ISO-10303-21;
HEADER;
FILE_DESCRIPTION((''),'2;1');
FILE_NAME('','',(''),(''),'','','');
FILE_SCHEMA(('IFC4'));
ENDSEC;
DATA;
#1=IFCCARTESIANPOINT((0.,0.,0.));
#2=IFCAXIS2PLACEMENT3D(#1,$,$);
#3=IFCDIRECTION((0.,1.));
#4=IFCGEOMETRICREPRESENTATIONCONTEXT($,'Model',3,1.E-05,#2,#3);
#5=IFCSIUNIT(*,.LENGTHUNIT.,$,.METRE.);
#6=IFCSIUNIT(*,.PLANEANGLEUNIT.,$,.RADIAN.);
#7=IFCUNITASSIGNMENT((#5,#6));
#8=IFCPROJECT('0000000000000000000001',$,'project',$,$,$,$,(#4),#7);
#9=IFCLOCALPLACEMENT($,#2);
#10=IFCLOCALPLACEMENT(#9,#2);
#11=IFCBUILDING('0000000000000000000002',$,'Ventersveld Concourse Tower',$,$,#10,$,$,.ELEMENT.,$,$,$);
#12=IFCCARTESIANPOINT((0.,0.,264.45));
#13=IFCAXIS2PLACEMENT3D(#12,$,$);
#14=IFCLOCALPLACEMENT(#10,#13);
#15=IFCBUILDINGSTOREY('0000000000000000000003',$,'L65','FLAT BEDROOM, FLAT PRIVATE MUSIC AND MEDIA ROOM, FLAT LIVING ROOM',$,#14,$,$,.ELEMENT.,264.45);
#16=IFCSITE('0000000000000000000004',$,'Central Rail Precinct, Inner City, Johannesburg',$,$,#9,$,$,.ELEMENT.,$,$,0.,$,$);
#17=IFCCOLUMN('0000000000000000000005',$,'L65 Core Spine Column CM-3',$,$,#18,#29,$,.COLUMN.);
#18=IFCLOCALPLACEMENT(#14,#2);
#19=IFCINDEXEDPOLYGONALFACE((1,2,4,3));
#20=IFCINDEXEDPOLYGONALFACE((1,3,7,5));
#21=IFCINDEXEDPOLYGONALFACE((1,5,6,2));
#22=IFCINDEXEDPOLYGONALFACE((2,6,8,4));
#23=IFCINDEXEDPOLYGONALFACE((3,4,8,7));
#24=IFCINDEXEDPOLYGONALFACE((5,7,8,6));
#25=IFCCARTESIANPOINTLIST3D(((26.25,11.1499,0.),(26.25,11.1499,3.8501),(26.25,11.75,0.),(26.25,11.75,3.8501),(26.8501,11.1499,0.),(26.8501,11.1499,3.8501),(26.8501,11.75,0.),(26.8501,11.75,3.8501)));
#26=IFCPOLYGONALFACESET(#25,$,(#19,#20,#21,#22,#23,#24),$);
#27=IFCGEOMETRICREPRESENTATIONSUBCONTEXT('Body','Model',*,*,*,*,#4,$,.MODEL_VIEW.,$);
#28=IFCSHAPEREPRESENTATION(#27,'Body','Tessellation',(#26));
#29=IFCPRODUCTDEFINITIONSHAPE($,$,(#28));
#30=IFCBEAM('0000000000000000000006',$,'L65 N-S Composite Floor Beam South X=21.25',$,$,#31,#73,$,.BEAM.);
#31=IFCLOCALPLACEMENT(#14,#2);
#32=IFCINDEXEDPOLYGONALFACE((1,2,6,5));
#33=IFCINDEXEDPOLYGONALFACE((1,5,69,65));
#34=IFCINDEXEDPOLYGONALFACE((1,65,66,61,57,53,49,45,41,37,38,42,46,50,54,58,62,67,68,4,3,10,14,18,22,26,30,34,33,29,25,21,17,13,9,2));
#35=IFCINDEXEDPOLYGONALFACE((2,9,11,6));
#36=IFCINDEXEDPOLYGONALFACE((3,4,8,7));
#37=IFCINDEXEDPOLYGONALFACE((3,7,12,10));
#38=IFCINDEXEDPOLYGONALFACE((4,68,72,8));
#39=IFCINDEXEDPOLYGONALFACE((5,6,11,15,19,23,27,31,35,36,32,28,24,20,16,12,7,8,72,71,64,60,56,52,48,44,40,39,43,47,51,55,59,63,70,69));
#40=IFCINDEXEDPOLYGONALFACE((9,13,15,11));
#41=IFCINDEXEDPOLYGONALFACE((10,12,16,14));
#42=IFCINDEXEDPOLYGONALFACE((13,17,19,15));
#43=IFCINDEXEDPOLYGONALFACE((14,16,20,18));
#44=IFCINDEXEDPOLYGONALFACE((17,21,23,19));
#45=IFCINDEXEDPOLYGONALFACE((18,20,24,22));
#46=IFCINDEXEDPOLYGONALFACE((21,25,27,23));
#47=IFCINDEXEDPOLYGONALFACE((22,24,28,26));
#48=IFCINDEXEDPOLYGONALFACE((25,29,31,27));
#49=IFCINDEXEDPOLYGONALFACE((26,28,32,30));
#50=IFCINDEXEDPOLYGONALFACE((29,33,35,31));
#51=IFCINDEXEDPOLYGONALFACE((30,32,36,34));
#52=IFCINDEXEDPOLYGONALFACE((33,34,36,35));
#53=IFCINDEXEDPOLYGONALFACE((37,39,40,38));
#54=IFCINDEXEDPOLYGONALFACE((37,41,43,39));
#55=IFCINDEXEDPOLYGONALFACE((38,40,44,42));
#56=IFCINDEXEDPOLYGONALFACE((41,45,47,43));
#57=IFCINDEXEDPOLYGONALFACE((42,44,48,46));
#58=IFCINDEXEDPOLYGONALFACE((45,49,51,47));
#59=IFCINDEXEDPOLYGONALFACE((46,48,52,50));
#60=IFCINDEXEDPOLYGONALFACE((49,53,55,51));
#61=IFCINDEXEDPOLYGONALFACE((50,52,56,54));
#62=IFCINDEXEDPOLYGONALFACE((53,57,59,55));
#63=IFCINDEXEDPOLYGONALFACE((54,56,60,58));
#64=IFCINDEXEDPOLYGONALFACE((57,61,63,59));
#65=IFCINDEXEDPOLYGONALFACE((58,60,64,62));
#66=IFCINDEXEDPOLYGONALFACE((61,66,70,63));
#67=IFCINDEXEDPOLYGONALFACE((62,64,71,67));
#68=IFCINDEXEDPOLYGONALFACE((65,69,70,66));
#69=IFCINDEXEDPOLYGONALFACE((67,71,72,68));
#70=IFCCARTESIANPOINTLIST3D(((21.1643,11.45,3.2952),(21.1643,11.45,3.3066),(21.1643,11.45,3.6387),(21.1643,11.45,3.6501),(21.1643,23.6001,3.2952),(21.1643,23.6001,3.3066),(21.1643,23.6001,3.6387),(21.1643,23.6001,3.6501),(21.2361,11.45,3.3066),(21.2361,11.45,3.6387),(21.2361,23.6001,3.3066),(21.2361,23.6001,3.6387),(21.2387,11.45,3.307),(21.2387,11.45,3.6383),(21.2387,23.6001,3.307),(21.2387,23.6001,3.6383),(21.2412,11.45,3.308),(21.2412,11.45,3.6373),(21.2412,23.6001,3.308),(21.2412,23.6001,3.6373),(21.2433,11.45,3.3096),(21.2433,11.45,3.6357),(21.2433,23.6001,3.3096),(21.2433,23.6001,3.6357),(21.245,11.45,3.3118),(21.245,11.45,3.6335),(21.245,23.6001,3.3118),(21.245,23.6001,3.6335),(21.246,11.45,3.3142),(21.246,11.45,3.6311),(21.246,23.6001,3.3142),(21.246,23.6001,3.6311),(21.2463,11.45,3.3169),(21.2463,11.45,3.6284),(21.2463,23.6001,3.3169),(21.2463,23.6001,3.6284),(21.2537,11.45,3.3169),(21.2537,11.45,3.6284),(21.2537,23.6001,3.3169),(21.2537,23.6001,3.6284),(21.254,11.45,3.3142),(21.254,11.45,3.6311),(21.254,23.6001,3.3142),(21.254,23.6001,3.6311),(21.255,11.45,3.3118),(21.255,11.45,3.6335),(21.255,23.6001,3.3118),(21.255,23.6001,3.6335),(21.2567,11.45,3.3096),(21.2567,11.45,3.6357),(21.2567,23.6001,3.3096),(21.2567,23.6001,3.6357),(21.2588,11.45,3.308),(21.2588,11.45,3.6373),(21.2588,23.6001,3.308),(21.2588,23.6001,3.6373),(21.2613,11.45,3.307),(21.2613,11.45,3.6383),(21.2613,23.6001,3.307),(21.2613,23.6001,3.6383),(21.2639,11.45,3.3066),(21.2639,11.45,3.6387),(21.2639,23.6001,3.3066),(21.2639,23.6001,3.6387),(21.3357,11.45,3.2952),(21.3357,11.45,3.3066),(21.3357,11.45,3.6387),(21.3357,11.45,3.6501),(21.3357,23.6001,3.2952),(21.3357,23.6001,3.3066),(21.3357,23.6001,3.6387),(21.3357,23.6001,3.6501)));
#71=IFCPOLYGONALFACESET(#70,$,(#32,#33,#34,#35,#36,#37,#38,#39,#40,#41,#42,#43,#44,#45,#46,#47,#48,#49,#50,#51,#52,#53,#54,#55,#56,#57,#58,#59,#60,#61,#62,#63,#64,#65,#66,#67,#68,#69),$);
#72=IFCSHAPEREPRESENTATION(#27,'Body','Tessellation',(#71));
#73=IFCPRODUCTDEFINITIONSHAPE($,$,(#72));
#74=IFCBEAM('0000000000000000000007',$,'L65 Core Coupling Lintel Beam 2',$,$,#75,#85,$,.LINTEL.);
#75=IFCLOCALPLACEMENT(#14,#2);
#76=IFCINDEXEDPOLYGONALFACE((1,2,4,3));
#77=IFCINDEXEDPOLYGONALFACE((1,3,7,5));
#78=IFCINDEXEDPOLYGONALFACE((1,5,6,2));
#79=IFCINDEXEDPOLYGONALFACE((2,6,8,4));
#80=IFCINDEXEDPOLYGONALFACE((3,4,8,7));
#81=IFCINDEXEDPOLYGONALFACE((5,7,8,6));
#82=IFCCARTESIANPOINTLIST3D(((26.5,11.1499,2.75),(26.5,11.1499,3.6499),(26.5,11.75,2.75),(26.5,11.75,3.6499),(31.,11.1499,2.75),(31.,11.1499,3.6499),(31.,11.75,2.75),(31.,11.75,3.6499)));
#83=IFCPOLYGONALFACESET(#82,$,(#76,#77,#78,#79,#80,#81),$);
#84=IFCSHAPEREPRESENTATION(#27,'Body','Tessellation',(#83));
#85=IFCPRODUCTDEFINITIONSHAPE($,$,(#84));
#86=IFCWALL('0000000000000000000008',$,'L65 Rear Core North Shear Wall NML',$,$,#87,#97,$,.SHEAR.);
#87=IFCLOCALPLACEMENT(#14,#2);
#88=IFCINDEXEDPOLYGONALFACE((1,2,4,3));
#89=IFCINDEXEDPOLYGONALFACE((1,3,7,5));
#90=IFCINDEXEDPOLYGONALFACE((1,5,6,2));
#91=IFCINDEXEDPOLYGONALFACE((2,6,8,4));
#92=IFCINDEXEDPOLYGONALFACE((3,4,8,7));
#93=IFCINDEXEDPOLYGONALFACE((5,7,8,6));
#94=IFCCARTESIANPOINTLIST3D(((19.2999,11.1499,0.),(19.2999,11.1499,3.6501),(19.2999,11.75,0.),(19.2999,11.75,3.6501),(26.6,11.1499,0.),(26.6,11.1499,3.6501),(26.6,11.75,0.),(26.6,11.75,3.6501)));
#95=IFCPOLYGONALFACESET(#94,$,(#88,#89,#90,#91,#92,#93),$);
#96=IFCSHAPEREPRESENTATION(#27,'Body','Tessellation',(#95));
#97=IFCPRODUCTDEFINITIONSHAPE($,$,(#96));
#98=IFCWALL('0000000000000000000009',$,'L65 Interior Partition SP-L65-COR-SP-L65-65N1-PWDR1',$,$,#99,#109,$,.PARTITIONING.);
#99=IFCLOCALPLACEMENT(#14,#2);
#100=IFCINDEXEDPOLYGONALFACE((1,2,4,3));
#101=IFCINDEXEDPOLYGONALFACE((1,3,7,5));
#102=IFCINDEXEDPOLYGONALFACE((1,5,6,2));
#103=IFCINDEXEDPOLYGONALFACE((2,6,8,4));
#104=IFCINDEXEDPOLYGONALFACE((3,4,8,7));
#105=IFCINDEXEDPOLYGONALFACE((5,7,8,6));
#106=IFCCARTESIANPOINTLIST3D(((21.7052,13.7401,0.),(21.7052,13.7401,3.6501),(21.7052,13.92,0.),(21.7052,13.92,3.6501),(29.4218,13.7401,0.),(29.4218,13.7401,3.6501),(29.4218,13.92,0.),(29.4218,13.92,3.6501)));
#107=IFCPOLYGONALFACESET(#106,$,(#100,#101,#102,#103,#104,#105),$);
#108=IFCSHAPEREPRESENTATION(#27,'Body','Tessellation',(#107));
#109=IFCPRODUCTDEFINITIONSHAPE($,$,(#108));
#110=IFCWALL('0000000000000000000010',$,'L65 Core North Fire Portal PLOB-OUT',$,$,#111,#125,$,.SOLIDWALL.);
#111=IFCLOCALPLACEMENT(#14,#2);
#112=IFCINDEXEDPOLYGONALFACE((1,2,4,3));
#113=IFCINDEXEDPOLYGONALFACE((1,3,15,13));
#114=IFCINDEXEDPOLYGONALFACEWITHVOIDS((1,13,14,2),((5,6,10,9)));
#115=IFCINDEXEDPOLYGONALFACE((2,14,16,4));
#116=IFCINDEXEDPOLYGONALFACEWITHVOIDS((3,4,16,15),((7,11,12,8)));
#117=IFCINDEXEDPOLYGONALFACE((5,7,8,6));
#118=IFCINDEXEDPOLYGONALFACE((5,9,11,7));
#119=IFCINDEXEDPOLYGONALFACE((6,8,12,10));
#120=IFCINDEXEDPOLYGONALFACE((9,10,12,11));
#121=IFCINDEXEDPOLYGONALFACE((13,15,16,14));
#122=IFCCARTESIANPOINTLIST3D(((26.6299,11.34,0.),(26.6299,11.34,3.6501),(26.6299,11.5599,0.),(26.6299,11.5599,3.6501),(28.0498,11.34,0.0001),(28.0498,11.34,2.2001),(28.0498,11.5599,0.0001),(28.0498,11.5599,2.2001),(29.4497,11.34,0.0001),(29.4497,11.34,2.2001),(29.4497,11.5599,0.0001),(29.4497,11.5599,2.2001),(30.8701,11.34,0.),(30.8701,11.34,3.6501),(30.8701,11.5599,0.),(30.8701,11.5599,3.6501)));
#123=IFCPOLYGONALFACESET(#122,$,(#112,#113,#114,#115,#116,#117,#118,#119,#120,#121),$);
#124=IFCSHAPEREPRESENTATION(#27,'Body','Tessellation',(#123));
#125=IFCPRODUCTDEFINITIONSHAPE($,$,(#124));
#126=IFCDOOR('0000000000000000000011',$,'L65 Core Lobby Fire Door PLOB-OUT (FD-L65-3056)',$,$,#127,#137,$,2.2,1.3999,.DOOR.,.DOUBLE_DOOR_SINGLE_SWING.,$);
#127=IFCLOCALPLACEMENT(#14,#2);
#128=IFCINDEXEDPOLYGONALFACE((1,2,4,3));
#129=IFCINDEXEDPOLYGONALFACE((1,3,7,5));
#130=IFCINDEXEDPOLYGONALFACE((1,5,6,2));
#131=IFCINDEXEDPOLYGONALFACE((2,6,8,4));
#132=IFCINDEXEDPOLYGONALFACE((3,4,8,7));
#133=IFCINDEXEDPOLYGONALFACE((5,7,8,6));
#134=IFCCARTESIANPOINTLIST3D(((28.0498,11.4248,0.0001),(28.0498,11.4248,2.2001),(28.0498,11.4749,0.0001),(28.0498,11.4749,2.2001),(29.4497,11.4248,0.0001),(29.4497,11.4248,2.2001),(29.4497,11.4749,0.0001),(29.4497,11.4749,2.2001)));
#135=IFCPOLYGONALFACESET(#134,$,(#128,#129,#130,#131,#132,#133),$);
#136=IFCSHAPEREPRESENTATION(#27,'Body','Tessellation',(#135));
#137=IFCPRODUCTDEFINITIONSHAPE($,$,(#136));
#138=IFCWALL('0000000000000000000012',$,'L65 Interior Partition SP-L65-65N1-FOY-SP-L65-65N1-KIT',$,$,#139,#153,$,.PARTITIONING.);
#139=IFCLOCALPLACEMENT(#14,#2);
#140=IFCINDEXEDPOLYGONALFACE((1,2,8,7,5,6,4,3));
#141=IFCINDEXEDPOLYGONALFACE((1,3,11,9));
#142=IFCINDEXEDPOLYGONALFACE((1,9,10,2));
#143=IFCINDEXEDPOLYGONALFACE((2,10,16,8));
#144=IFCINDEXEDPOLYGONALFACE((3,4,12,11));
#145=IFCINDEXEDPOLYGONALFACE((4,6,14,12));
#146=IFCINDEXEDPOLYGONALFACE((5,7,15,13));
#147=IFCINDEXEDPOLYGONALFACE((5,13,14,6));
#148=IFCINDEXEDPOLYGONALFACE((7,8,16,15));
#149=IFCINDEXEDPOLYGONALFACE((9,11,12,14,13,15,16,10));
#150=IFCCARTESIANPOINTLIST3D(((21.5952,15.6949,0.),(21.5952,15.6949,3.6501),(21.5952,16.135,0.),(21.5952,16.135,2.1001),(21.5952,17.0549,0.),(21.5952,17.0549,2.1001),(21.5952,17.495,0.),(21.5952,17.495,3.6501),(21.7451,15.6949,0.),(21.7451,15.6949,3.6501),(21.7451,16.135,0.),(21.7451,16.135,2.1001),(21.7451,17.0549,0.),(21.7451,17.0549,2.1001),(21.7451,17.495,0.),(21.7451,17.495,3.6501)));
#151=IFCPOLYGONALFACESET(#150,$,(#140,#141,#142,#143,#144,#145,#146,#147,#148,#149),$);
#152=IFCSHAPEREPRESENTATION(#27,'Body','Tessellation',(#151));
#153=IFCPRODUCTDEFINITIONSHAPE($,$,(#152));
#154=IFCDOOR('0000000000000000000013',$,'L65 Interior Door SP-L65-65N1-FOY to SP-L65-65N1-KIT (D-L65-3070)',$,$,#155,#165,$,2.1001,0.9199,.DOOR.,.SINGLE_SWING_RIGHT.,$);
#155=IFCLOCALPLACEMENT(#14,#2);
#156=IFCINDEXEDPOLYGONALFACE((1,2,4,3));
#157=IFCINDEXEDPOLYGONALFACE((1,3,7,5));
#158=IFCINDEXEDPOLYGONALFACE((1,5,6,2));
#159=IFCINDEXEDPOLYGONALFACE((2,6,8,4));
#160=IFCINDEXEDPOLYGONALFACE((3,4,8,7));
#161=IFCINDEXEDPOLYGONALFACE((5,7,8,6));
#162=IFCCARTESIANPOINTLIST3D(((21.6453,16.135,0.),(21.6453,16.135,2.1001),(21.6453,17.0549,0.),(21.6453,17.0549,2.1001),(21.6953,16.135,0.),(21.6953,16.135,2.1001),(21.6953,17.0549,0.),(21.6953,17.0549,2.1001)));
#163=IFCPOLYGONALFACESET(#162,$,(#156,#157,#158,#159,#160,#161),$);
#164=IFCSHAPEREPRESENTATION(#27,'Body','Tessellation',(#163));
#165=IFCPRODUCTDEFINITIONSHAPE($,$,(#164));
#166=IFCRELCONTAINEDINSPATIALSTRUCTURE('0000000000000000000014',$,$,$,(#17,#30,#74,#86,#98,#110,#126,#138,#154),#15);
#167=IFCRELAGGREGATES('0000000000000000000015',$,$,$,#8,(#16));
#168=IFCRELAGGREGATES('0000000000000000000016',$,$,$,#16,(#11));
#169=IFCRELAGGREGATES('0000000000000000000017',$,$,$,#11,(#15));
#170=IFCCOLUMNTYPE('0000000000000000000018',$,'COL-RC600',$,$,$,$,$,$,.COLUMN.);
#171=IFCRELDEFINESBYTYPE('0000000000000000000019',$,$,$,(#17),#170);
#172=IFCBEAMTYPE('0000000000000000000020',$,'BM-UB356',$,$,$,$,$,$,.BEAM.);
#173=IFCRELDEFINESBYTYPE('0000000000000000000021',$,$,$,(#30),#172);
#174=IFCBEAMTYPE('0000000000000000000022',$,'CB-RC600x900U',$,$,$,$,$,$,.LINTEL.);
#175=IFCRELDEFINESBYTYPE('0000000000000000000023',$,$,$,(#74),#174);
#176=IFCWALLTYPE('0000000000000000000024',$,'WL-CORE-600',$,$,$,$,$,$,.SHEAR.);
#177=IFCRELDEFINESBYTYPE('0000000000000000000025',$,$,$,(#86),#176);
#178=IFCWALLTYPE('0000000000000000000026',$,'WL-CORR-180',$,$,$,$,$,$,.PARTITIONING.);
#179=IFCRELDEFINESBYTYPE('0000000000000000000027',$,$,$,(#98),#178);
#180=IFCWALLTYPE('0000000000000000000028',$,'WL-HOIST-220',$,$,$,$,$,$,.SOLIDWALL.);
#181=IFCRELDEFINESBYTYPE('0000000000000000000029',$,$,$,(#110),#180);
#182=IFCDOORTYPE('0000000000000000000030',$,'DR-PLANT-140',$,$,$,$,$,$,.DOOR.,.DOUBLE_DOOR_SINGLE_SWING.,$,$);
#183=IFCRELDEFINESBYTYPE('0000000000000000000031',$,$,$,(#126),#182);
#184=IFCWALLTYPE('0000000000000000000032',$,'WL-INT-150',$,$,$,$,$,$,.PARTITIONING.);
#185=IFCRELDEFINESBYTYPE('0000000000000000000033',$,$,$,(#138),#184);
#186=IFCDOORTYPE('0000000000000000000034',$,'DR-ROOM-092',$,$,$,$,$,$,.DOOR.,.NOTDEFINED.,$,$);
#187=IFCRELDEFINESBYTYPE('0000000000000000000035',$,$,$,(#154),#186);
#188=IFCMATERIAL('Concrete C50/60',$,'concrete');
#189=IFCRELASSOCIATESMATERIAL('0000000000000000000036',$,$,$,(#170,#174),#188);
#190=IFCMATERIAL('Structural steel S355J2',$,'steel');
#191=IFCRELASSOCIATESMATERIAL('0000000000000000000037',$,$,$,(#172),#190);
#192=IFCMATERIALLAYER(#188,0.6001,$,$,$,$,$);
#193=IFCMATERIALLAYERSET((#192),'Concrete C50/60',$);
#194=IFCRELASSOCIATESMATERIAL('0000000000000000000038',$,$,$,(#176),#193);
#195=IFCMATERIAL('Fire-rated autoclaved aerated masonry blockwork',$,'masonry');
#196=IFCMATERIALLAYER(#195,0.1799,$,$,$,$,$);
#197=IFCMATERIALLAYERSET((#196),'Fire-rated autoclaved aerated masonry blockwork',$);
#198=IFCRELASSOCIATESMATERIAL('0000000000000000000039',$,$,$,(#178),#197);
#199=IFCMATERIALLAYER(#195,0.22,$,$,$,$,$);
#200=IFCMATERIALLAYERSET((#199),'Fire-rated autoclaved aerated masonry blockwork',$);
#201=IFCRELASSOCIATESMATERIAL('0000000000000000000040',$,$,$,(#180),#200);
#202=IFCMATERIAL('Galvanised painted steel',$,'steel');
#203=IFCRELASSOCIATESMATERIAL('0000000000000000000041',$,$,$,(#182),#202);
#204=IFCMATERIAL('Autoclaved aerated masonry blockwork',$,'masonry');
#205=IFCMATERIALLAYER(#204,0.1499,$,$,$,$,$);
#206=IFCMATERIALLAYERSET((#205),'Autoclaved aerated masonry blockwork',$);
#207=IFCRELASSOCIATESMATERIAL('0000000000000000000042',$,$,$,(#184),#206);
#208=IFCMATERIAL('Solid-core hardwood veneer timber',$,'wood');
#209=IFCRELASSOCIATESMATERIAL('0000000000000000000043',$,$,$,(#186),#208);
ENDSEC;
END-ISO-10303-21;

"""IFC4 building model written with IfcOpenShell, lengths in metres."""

from ifc_helpers import new_model, si_unit, direction, frame, frame_2d, origin, origin_2d, place, context, subcontext, project, spatial, rectangle, i_section, extrude, material, layer, layer_set, material_profile, profile_set, type_object, element, fill, save


model = new_model("IFC4")

# Units and contexts
model_context = context("Model", 3, precision=1e-05, world=origin(), true_north=direction((0.0, 1.0)))
body_context = subcontext(model_context, "Body", "Model", "MODEL_VIEW")
ifc_project = project(units=[si_unit("LENGTHUNIT", "METRE"), si_unit("PLANEANGLEUNIT", "RADIAN")], contexts=[model_context])

# Site, building, storey
site_placement = place(None, origin())
site = spatial("IfcSite", under=ifc_project, at=site_placement, Name="Central Rail Precinct, Inner City, Johannesburg", CompositionType="ELEMENT", RefElevation=0.0)
building_placement = place(site_placement, origin())
building = spatial("IfcBuilding", under=site, at=building_placement, Name="Ventersveld Concourse Tower", CompositionType="ELEMENT")
storey_placement = place(building_placement, frame((0.0, 0.0, 264.45)))
storey = spatial("IfcBuildingStorey", under=building, at=storey_placement, Name="L65", Description="FLAT BEDROOM, FLAT PRIVATE MUSIC AND MEDIA ROOM, FLAT LIVING ROOM", CompositionType="ELEMENT", Elevation=264.45)

# Column
ifc_material_1 = material(Name="Concrete C50/60", Category="concrete")
ifc_material_profile_1 = material_profile(ifc_material_1, rectangle(XDim=0.6001, YDim=0.6001, at=origin_2d()), Name="RC 600x600")
ifc_profile_set_1 = profile_set([ifc_material_profile_1], Name="Concrete C50/60")
column_type = type_object("IfcColumnType", Name="COL-RC600", PredefinedType="COLUMN", material=ifc_profile_set_1)
column_placement = place(storey_placement, frame((26.55, 11.45, 0.0), z_axis=(0.0, 0.0, 1.0), x_axis=(1.0, 0.0, 0.0)))
element("IfcColumn", 1, at=column_placement, inside=storey, type_object=column_type, Name="L65 Core Spine Column CM-3", PredefinedType="COLUMN", context=body_context, shape_type="SweptSolid", body=[
    extrude(rectangle(XDim=0.6001, YDim=0.6001, at=origin_2d()), origin(), (0.0, 0.0, 1.0), 3.8501),
])

# Beams
ifc_material_2 = material(Name="Structural steel S355J2", Category="steel")
ifc_material_profile_2 = material_profile(ifc_material_2, i_section(OverallWidth=0.1714, OverallDepth=0.355, WebThickness=0.0073, FlangeThickness=0.0115, FilletRadius=0.0103, at=origin_2d()), Name="UB 356x171x51")
ifc_profile_set_2 = profile_set([ifc_material_profile_2], Name="Structural steel S355J2")
beam_type_1 = type_object("IfcBeamType", Name="BM-UB356", PredefinedType="BEAM", material=ifc_profile_set_2)
beam_1_placement = place(storey_placement, frame((21.25, 11.45, 3.4727), z_axis=(0.0, 1.0, 0.0), x_axis=(-1.0, 0.0, 0.0)))
element("IfcBeam", 2, at=beam_1_placement, inside=storey, type_object=beam_type_1, Name="L65 N-S Composite Floor Beam South X=21.25", PredefinedType="BEAM", context=body_context, shape_type="SweptSolid", body=[
    extrude(i_section(OverallWidth=0.1714, OverallDepth=0.355, WebThickness=0.0073, FlangeThickness=0.0115, FilletRadius=0.0103, at=origin_2d()), origin(), (0.0, 0.0, 1.0), 12.1501),
])
ifc_material_profile_3 = material_profile(ifc_material_1, rectangle(XDim=0.6001, YDim=0.8999, at=origin_2d()), Name="RC 600x900")
ifc_profile_set_3 = profile_set([ifc_material_profile_3], Name="Concrete C50/60")
beam_type_2 = type_object("IfcBeamType", Name="CB-RC600x900U", PredefinedType="LINTEL", material=ifc_profile_set_3)
beam_2_placement = place(storey_placement, frame((26.5, 11.45, 3.2), z_axis=(1.0, 0.0, 0.0), x_axis=(0.0, 1.0, 0.0)))
element("IfcBeam", 3, at=beam_2_placement, inside=storey, type_object=beam_type_2, Name="L65 Core Coupling Lintel Beam 2", PredefinedType="LINTEL", context=body_context, shape_type="SweptSolid", body=[
    extrude(rectangle(XDim=0.6001, YDim=0.8999, at=origin_2d()), origin(), (0.0, 0.0, 1.0), 4.5),
])

# Walls
ifc_layer_1 = layer(ifc_material_1, 0.6001)
ifc_layer_set_1 = layer_set([ifc_layer_1], Name="Concrete C50/60")
wall_type_1 = type_object("IfcWallType", Name="WL-CORE-600", PredefinedType="SHEAR", material=ifc_layer_set_1)
wall_1_placement = place(storey_placement, frame((19.3, 11.45, 0.0), z_axis=(0.0, 0.0, 1.0), x_axis=(1.0, 0.0, 0.0)))
element("IfcWall", 4, at=wall_1_placement, inside=storey, type_object=wall_type_1, Name="L65 Rear Core North Shear Wall NML", PredefinedType="SHEAR", context=body_context, shape_type="SweptSolid", body=[
    extrude(rectangle(XDim=7.3, YDim=0.6001, at=frame_2d((3.6499, 0.0))), origin(), (0.0, 0.0, 1.0), 3.6501),
])
ifc_material_3 = material(Name="Fire-rated autoclaved aerated masonry blockwork", Category="masonry")
ifc_layer_2 = layer(ifc_material_3, 0.1799)
ifc_layer_set_2 = layer_set([ifc_layer_2], Name="Fire-rated autoclaved aerated masonry blockwork")
wall_type_2 = type_object("IfcWallType", Name="WL-CORR-180", PredefinedType="PARTITIONING", material=ifc_layer_set_2)
wall_2_placement = place(storey_placement, frame((21.7051, 13.8301, 0.0), z_axis=(0.0, 0.0, 1.0), x_axis=(1.0, 0.0, 0.0)))
element("IfcWall", 5, at=wall_2_placement, inside=storey, type_object=wall_type_2, Name="L65 Interior Partition SP-L65-COR-SP-L65-65N1-PWDR1", PredefinedType="PARTITIONING", context=body_context, shape_type="SweptSolid", body=[
    extrude(rectangle(XDim=7.7166, YDim=0.1799, at=frame_2d((3.8584, 0.0))), origin(), (0.0, 0.0, 1.0), 3.6501),
])

# Walls, openings, doors
ifc_layer_3 = layer(ifc_material_3, 0.22)
ifc_layer_set_3 = layer_set([ifc_layer_3], Name="Fire-rated autoclaved aerated masonry blockwork")
wall_type_3 = type_object("IfcWallType", Name="WL-HOIST-220", PredefinedType="SOLIDWALL", material=ifc_layer_set_3)
wall_3_placement = place(storey_placement, frame((26.6299, 11.45, 0.0), z_axis=(0.0, 0.0, 1.0), x_axis=(1.0, 0.0, 0.0)))
wall_3 = element("IfcWall", 6, at=wall_3_placement, inside=storey, type_object=wall_type_3, Name="L65 Core North Fire Portal PLOB-OUT", PredefinedType="SOLIDWALL", context=body_context, shape_type="SweptSolid", body=[
    extrude(rectangle(XDim=4.2402, YDim=0.22, at=frame_2d((2.1201, 0.0))), origin(), (0.0, 0.0, 1.0), 3.6501),
])
opening_1_placement = place(wall_3_placement, frame((1.4199, 0.0, 0.0)))
opening_1 = element("IfcOpeningElement", 7, at=opening_1_placement, cuts=wall_3, PredefinedType="OPENING", context=body_context, shape_type="SweptSolid", body=[
    extrude(rectangle(XDim=1.3999, YDim=2.2, at=frame_2d((0.7, 1.1001))), frame((0.0, 0.1201, 0.0), z_axis=(0.0, -1.0, 0.0), x_axis=(1.0, 0.0, 0.0)), (0.0, 0.0, 1.0), 0.24),
])
ifc_material_4 = material(Name="Galvanised painted steel", Category="steel")
door_type_1 = type_object("IfcDoorType", Name="DR-PLANT-140", OperationType="DOUBLE_DOOR_SINGLE_SWING", PredefinedType="DOOR", material=ifc_material_4)
door_1_placement = place(opening_1_placement, origin())
door_1 = element("IfcDoor", 8, at=door_1_placement, inside=storey, type_object=door_type_1, Name="L65 Core Lobby Fire Door PLOB-OUT (FD-L65-3056)", OperationType="DOUBLE_DOOR_SINGLE_SWING", OverallHeight=2.2, OverallWidth=1.3999, PredefinedType="DOOR", context=body_context, shape_type="SweptSolid", body=[
    extrude(rectangle(XDim=1.3999, YDim=2.2, at=frame_2d((0.7, 1.1001))), frame((0.0, 0.0249, 0.0), z_axis=(0.0, -1.0, 0.0), x_axis=(1.0, 0.0, 0.0)), (0.0, 0.0, 1.0), 0.05),
])
fill(opening_1, door_1)
ifc_material_5 = material(Name="Autoclaved aerated masonry blockwork", Category="masonry")
ifc_layer_4 = layer(ifc_material_5, 0.1499)
ifc_layer_set_4 = layer_set([ifc_layer_4], Name="Autoclaved aerated masonry blockwork")
wall_type_4 = type_object("IfcWallType", Name="WL-INT-150", PredefinedType="PARTITIONING", material=ifc_layer_set_4)
wall_4_placement = place(storey_placement, frame((21.6702, 15.6951, 0.0), z_axis=(0.0, 0.0, 1.0), x_axis=(0.0, 1.0, 0.0)))
wall_4 = element("IfcWall", 9, at=wall_4_placement, inside=storey, type_object=wall_type_4, Name="L65 Interior Partition SP-L65-65N1-FOY-SP-L65-65N1-KIT", PredefinedType="PARTITIONING", context=body_context, shape_type="SweptSolid", body=[
    extrude(rectangle(XDim=1.8, YDim=0.1499, at=frame_2d((0.8999, 0.0))), origin(), (0.0, 0.0, 1.0), 3.6501),
])
opening_2_placement = place(wall_4_placement, frame((0.4399, 0.0, 0.0)))
opening_2 = element("IfcOpeningElement", 10, at=opening_2_placement, cuts=wall_4, PredefinedType="OPENING", context=body_context, shape_type="SweptSolid", body=[
    extrude(rectangle(XDim=0.9199, YDim=2.1001, at=frame_2d((0.46, 1.05))), frame((0.0, 0.085, 0.0), z_axis=(0.0, -1.0, 0.0), x_axis=(1.0, 0.0, 0.0)), (0.0, 0.0, 1.0), 0.1699),
])
ifc_material_6 = material(Name="Solid-core hardwood veneer timber", Category="wood")
door_type_2 = type_object("IfcDoorType", Name="DR-ROOM-092", OperationType="NOTDEFINED", PredefinedType="DOOR", material=ifc_material_6)
door_2_placement = place(opening_2_placement, origin())
door_2 = element("IfcDoor", 11, at=door_2_placement, inside=storey, type_object=door_type_2, Name="L65 Interior Door SP-L65-65N1-FOY to SP-L65-65N1-KIT (D-L65-3070)", OperationType="SINGLE_SWING_RIGHT", OverallHeight=2.1001, OverallWidth=0.9199, PredefinedType="DOOR", context=body_context, shape_type="SweptSolid", body=[
    extrude(rectangle(XDim=0.9199, YDim=2.1001, at=frame_2d((0.46, 1.05))), frame((0.0, 0.0249, 0.0), z_axis=(0.0, -1.0, 0.0), x_axis=(1.0, 0.0, 0.0)), (0.0, 0.0, 1.0), 0.05),
])
fill(opening_2, door_2)

save(model, "model.ifc")
